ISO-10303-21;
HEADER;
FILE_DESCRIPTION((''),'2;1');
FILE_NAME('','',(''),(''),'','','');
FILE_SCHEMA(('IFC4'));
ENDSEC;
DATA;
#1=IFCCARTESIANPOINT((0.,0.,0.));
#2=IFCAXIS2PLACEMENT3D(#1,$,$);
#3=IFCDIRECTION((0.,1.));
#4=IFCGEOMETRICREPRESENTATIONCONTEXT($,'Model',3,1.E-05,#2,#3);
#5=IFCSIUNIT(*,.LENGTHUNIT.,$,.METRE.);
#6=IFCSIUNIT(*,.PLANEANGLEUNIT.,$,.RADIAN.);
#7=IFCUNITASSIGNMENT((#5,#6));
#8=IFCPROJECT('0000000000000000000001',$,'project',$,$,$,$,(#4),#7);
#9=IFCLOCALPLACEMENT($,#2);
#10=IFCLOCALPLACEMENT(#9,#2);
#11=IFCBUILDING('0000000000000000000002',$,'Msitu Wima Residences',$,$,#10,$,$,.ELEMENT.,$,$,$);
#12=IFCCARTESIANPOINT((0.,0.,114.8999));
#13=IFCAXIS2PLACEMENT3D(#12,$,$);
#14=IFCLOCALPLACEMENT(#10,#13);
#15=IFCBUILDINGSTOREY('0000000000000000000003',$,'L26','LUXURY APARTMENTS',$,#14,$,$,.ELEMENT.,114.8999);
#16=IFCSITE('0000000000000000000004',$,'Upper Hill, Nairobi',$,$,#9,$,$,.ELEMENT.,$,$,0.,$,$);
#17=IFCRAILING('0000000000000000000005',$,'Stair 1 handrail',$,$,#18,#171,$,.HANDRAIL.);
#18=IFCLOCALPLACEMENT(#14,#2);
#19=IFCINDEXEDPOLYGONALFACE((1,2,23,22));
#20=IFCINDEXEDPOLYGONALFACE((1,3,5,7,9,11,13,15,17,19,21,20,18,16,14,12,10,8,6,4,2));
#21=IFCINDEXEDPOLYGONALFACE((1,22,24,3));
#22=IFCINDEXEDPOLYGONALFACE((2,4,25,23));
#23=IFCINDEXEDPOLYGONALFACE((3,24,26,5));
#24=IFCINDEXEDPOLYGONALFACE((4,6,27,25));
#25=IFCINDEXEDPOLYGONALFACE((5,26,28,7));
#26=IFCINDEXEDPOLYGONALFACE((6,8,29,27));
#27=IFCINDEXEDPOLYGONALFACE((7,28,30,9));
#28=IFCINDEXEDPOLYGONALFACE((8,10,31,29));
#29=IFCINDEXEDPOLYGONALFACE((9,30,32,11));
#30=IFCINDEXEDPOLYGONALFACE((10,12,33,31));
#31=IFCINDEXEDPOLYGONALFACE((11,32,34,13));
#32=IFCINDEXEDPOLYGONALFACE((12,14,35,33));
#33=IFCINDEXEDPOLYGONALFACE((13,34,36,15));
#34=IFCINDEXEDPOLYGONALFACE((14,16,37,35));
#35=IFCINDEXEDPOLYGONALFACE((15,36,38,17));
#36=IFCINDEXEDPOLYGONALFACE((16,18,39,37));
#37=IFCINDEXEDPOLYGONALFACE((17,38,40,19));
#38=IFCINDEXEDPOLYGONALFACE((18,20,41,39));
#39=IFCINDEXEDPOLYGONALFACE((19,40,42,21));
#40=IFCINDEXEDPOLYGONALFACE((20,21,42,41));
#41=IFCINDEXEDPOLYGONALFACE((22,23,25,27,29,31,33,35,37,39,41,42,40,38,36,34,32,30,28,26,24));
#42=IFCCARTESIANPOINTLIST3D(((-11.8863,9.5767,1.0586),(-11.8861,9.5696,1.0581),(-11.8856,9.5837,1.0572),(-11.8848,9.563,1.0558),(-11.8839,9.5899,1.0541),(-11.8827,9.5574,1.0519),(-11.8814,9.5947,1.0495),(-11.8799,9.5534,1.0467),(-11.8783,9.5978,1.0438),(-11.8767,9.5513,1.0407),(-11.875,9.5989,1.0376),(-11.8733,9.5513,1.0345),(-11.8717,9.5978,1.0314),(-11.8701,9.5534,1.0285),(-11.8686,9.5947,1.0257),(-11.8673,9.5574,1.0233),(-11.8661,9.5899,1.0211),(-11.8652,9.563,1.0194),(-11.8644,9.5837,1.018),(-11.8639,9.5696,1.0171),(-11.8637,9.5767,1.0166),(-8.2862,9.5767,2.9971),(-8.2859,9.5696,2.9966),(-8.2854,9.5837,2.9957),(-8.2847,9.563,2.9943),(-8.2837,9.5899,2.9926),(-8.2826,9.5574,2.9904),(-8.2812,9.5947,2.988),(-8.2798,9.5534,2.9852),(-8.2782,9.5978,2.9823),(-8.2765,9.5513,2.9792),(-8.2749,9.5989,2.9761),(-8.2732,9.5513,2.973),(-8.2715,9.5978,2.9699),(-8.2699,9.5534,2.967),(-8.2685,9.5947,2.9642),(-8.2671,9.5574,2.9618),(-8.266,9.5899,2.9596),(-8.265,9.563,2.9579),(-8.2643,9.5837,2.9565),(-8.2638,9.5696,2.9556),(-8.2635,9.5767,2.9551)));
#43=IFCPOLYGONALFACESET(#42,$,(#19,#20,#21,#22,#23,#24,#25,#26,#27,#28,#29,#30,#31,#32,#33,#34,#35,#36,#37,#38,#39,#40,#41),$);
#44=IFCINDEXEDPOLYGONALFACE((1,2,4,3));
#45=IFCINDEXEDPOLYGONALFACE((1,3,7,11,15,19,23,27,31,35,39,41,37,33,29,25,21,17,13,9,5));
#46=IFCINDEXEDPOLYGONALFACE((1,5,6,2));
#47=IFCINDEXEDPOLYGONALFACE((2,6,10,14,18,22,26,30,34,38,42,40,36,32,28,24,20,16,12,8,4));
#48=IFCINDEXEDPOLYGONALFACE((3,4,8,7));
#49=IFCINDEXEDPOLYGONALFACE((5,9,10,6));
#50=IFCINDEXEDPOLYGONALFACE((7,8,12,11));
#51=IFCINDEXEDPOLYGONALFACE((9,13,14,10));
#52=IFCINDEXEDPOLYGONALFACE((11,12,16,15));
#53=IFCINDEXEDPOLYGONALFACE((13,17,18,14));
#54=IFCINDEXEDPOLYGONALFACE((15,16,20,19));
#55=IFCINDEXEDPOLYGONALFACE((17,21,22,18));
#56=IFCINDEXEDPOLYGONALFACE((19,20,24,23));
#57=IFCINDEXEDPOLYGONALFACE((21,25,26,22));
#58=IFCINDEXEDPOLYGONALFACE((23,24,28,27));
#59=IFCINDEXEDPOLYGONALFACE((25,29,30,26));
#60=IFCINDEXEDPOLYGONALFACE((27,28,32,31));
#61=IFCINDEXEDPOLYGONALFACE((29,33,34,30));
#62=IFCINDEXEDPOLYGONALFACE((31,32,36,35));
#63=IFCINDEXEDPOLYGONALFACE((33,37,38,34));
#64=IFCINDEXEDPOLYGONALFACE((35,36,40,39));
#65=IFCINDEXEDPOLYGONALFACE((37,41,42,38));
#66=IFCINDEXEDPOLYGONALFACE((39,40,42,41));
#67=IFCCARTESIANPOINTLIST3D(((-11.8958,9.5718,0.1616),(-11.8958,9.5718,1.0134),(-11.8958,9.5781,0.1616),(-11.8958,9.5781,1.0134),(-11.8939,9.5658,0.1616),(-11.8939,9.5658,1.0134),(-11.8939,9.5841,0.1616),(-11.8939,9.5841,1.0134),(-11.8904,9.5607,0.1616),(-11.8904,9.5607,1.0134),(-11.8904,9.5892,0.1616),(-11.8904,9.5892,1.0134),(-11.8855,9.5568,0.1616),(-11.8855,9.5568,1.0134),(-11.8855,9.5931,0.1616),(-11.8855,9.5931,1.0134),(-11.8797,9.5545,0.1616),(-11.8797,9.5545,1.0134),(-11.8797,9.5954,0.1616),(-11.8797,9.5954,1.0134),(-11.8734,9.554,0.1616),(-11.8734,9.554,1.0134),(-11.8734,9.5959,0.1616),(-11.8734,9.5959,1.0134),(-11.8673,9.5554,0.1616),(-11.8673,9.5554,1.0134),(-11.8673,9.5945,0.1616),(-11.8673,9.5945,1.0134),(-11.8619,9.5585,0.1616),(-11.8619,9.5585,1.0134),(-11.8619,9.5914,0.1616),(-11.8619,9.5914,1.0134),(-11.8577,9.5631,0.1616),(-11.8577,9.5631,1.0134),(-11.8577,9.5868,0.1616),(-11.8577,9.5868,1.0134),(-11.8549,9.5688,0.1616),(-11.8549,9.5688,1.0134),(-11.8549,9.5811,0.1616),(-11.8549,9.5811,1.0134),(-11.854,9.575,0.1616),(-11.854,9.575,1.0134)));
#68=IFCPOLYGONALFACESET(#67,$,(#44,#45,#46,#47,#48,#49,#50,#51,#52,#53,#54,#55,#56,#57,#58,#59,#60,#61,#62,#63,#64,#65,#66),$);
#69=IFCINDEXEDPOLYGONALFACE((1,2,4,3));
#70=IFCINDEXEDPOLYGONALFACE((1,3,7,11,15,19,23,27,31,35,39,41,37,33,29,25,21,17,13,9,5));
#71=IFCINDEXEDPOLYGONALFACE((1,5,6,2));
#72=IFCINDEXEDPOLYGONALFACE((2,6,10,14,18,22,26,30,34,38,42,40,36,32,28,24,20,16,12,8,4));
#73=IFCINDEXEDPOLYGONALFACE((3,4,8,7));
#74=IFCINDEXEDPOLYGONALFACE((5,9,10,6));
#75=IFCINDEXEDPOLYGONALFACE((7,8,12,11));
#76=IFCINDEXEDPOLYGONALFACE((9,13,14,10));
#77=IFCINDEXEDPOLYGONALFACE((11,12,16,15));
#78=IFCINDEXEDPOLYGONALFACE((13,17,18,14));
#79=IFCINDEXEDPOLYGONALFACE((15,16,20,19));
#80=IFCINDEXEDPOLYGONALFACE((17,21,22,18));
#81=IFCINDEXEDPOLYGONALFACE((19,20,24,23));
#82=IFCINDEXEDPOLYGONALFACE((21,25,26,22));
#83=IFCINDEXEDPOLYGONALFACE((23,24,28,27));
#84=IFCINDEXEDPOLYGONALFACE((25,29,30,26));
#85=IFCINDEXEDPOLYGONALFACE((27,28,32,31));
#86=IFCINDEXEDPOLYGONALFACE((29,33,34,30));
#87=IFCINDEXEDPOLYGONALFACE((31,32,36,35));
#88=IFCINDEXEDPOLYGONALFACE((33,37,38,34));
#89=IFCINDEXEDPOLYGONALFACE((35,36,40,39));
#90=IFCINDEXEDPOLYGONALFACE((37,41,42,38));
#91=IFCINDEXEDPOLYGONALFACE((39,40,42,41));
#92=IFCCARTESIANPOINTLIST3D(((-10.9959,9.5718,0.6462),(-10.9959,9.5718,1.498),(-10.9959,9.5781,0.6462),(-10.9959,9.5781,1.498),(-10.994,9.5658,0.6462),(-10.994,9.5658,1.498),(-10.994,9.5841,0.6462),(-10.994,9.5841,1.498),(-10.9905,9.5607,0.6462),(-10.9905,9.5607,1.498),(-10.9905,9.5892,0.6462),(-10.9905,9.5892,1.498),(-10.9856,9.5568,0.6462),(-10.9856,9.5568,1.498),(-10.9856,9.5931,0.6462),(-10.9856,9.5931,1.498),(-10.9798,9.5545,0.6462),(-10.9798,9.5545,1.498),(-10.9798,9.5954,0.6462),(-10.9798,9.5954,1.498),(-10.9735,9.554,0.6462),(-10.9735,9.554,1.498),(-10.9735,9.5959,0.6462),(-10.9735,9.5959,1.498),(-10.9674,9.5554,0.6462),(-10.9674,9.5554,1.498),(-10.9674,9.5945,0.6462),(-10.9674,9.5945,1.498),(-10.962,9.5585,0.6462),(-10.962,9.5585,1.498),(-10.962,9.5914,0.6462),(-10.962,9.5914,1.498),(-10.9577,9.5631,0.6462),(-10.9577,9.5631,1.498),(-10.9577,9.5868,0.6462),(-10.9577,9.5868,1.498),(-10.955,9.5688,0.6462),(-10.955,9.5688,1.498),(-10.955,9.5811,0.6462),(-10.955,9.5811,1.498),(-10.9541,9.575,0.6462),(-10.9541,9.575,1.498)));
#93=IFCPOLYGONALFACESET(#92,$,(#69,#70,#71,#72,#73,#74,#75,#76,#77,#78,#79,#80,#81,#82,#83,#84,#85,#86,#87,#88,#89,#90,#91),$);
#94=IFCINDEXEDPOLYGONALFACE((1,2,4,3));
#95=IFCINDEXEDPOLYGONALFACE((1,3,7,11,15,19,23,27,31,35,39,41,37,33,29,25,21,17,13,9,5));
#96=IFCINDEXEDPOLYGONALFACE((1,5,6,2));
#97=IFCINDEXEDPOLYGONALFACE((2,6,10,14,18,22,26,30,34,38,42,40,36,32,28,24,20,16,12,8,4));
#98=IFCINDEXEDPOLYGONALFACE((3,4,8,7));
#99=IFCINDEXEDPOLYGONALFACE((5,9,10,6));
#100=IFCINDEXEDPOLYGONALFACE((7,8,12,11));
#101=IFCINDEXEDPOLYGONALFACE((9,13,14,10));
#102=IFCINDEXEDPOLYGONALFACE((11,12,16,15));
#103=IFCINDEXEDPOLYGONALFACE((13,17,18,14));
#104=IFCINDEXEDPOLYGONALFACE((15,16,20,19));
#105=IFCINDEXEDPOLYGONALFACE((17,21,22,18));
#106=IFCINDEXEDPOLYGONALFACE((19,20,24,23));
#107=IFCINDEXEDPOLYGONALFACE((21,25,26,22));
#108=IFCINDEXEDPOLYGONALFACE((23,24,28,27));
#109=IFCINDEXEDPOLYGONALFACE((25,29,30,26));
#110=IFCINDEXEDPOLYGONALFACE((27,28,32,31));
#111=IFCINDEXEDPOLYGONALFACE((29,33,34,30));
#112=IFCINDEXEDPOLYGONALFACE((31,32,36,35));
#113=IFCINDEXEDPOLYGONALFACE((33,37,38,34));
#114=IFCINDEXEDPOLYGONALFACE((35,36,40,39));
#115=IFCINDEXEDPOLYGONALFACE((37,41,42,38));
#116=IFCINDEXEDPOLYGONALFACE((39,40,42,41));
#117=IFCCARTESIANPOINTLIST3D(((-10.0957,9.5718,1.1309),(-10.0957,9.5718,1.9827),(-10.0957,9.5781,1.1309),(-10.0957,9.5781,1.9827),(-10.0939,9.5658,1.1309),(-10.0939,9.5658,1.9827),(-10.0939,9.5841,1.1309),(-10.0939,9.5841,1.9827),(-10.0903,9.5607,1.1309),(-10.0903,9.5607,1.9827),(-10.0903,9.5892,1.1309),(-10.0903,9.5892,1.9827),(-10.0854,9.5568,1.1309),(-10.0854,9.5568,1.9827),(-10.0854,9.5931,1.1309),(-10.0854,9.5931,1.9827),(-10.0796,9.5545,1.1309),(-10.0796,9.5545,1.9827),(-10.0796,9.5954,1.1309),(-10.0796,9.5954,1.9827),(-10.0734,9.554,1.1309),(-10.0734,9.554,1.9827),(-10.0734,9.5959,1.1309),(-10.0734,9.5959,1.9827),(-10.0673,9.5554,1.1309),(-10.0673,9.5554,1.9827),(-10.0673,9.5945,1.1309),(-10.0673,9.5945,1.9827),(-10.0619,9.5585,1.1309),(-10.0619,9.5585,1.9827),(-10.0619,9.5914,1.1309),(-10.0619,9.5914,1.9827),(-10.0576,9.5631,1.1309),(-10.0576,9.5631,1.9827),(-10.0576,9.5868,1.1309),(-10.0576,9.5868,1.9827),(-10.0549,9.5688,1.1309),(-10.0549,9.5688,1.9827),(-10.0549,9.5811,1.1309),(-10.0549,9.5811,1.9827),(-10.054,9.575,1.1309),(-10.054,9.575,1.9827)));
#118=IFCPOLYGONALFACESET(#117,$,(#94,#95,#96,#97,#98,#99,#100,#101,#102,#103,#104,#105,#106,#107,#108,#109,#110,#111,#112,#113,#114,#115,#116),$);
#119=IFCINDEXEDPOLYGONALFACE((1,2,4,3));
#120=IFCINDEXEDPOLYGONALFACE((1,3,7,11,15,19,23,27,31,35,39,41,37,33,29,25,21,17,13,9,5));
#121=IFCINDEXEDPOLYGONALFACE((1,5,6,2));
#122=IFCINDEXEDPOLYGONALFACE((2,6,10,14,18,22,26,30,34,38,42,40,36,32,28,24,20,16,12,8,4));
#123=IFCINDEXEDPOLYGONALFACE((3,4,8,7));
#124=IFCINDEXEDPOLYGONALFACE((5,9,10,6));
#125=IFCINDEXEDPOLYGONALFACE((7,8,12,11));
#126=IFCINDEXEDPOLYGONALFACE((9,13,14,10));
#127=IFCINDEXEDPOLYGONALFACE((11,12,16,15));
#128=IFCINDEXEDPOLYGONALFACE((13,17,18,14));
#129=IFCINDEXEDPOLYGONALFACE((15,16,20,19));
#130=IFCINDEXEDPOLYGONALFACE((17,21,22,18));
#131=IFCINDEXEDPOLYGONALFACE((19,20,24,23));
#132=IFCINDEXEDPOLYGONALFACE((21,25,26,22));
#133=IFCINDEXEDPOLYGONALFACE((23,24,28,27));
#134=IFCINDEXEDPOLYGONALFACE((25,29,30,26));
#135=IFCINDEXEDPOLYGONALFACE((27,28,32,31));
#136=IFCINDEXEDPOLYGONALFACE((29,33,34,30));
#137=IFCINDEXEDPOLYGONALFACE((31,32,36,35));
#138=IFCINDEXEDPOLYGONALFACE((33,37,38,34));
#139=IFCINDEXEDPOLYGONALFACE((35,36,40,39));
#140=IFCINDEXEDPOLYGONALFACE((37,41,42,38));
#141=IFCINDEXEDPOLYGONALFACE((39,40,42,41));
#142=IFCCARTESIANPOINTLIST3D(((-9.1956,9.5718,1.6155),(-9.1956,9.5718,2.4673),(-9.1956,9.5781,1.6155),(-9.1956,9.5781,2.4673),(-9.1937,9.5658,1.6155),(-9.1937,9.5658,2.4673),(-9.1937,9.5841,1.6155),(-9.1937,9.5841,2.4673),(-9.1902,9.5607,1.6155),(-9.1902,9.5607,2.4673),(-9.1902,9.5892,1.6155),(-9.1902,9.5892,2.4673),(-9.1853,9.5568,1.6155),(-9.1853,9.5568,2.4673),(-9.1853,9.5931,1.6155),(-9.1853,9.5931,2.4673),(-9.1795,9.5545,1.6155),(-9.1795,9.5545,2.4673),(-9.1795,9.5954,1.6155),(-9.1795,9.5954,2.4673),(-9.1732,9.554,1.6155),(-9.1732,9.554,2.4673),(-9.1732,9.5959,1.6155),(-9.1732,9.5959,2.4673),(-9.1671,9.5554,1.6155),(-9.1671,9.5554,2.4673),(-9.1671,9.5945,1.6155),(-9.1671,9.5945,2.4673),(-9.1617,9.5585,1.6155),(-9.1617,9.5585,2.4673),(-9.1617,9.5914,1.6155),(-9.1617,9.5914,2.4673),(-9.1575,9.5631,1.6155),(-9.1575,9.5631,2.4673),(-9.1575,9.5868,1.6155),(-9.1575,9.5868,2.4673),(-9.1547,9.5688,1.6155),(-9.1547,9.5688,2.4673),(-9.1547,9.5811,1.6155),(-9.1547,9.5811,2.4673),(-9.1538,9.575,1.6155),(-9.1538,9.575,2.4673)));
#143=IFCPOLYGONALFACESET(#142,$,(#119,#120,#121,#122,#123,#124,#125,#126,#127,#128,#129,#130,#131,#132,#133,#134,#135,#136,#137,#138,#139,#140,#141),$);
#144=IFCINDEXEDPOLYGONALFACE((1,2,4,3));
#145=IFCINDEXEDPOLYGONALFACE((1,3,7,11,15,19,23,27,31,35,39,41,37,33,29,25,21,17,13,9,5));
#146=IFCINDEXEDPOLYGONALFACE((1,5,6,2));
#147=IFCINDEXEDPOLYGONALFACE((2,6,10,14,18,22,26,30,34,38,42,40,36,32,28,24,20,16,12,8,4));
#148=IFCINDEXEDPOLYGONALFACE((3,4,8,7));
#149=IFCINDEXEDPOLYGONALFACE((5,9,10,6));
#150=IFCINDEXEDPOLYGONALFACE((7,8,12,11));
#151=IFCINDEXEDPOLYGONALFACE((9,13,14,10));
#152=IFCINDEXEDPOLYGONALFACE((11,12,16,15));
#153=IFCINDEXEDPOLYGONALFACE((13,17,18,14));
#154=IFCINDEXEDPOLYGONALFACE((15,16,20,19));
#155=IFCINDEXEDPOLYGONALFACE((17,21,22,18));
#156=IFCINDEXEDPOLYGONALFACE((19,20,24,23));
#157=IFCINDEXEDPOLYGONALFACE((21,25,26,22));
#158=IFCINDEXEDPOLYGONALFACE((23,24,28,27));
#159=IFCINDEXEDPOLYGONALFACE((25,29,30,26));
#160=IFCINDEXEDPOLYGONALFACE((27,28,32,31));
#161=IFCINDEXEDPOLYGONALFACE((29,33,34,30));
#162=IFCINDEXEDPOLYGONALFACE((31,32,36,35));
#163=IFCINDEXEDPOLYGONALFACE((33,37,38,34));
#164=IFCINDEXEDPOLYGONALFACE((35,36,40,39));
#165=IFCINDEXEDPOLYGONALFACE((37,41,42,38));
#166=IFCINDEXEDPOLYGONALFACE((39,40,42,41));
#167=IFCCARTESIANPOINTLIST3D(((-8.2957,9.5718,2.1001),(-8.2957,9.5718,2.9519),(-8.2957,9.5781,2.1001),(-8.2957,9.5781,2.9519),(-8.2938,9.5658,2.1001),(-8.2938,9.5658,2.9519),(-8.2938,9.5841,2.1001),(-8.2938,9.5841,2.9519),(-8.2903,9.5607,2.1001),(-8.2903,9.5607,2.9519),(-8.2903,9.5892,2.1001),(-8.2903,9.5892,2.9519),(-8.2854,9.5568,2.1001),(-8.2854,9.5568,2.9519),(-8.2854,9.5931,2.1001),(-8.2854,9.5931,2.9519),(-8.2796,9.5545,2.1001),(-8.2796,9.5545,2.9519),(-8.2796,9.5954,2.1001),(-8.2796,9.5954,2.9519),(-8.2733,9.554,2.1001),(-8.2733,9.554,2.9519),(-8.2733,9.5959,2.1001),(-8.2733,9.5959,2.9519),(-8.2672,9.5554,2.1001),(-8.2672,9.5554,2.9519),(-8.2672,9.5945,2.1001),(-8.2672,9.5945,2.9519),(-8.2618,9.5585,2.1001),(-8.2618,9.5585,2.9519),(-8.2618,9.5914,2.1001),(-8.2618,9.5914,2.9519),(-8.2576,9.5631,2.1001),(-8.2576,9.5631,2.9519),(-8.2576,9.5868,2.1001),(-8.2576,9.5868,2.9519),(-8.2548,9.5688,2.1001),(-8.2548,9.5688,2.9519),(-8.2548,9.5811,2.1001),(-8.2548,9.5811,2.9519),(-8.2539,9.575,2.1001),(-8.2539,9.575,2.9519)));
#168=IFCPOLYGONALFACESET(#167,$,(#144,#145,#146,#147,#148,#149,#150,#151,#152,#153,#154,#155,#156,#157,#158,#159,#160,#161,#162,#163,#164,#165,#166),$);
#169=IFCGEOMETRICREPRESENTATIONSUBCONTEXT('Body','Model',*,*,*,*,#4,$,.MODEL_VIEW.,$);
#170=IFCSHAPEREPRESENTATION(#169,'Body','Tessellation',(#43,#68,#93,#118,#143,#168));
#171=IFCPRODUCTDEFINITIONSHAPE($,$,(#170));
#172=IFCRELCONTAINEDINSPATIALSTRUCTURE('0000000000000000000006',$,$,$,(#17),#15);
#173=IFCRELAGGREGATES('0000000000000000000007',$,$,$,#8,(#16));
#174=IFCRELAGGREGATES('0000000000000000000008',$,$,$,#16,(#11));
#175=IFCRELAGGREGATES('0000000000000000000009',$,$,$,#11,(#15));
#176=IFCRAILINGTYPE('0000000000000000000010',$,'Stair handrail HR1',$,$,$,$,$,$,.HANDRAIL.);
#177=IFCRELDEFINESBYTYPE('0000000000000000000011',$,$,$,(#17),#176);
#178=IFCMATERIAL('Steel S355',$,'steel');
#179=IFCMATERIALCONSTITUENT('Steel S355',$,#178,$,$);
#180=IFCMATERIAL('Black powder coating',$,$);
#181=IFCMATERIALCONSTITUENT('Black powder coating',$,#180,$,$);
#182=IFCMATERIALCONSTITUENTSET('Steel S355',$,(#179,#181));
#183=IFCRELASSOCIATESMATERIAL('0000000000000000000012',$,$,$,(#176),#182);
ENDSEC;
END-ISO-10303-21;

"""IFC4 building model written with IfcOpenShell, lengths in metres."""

from ifc_helpers import new_model, si_unit, direction, frame, origin, origin_2d, place, context, subcontext, project, spatial, circle, extrude, material, constituent, constituent_set, type_object, element, save


model = new_model("IFC4")

# Units and contexts
model_context = context("Model", 3, precision=1e-05, world=origin(), true_north=direction((0.0, 1.0)))
body_context = subcontext(model_context, "Body", "Model", "MODEL_VIEW")
ifc_project = project(units=[si_unit("LENGTHUNIT", "METRE"), si_unit("PLANEANGLEUNIT", "RADIAN")], contexts=[model_context])

# Site, building, storey
site_placement = place(None, origin())
site = spatial("IfcSite", under=ifc_project, at=site_placement, Name="Upper Hill, Nairobi", CompositionType="ELEMENT", RefElevation=0.0)
building_placement = place(site_placement, origin())
building = spatial("IfcBuilding", under=site, at=building_placement, Name="Msitu Wima Residences", CompositionType="ELEMENT")
storey_placement = place(building_placement, frame((0.0, 0.0, 114.8999)))
storey = spatial("IfcBuildingStorey", under=building, at=storey_placement, Name="L26", Description="LUXURY APARTMENTS", CompositionType="ELEMENT", Elevation=114.8999)

# Railing
ifc_material_1 = material(Name="Steel S355", Category="steel")
ifc_constituent_1 = constituent(ifc_material_1, Name="Steel S355")
ifc_material_2 = material(Name="Black powder coating")
ifc_constituent_2 = constituent(ifc_material_2, Name="Black powder coating")
ifc_constituent_set = constituent_set(constituents=[ifc_constituent_1, ifc_constituent_2], Name="Steel S355")
railing_type = type_object("IfcRailingType", Name="Stair handrail HR1", PredefinedType="HANDRAIL", material=ifc_constituent_set)
for number, where, name in (
    (1, (-11.875, 9.575, 0.1616), "Stair 1 handrail"),
):
    element("IfcRailing", number, at=place(storey_placement, frame(where)), inside=storey, type_object=railing_type, Name=name, PredefinedType="HANDRAIL", context=body_context, shape_type="SweptSolid", body=[
        extrude(circle(Radius=0.0239, at=origin_2d()), frame((0.0, 0.0, 0.876), z_axis=(0.880475, 0.0, 0.474093), x_axis=(0.0, 1.0, 0.0)), (0.0, 0.0, 1.0), 4.0889),
        extrude(circle(Radius=0.021, at=origin_2d()), origin(), (0.0, 0.0, 1.0), 0.8518),
        extrude(circle(Radius=0.021, at=origin_2d()), frame((0.8999, 0.0, 0.4846)), (0.0, 0.0, 1.0), 0.8518),
        extrude(circle(Radius=0.021, at=origin_2d()), frame((1.8, 0.0, 0.9692)), (0.0, 0.0, 1.0), 0.8518),
        extrude(circle(Radius=0.021, at=origin_2d()), frame((2.7002, 0.0, 1.4539)), (0.0, 0.0, 1.0), 0.8518),
        extrude(circle(Radius=0.021, at=origin_2d()), frame((3.6001, 0.0, 1.9385)), (0.0, 0.0, 1.0), 0.8518),
    ])

save(model, "model.ifc")
